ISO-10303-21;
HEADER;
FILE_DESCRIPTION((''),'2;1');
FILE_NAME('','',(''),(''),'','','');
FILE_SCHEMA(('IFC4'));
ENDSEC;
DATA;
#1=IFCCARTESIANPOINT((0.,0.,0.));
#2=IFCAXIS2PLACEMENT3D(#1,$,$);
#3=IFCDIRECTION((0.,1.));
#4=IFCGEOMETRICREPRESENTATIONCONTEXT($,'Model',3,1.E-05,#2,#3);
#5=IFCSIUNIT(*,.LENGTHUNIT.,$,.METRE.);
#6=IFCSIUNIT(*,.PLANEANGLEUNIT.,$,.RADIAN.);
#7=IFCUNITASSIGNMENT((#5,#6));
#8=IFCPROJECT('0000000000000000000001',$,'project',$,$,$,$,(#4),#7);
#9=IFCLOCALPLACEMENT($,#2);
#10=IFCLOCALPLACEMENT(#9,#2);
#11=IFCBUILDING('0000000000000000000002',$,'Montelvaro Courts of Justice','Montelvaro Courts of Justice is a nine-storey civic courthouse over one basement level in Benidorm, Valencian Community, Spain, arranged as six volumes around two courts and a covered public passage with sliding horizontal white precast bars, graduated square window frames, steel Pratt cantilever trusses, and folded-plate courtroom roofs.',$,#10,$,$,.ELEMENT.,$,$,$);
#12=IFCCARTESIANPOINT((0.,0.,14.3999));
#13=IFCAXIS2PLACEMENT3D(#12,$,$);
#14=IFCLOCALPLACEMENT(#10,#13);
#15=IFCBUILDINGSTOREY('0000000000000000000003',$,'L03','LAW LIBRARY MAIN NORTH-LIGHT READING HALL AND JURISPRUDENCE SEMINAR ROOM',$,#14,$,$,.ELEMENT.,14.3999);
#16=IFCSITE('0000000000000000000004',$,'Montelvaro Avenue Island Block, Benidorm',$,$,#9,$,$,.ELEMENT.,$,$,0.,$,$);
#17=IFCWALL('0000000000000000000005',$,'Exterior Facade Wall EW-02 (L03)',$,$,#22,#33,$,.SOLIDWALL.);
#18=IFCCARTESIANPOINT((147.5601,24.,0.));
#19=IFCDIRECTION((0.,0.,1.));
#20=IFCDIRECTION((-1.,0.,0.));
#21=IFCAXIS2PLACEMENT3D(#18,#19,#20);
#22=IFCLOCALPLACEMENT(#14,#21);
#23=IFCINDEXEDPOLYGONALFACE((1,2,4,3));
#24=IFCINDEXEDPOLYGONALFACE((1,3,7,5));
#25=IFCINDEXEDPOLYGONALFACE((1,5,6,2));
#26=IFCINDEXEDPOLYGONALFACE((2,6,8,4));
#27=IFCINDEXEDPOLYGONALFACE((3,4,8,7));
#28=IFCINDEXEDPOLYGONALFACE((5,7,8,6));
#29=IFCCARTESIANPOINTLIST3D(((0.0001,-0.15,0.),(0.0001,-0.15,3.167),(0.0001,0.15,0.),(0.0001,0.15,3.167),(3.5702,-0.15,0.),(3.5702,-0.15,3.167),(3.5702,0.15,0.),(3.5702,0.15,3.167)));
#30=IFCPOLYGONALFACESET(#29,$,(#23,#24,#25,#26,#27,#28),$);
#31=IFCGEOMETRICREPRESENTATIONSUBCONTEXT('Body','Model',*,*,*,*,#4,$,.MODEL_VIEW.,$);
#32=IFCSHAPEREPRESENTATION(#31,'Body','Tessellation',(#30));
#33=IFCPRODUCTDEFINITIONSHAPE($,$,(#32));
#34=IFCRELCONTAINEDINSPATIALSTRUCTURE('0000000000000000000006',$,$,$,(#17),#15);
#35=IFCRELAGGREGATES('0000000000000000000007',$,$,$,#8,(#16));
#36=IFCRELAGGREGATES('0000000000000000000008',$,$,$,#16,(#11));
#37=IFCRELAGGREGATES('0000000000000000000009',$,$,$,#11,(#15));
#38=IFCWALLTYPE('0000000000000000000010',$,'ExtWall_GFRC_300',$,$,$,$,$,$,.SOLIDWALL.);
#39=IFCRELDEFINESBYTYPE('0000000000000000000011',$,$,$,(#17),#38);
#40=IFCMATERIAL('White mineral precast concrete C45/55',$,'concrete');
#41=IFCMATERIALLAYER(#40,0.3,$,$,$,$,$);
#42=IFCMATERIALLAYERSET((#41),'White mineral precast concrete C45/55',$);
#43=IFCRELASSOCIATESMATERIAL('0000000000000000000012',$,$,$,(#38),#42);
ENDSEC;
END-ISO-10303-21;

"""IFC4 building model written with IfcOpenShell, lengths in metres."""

from ifc_helpers import new_model, si_unit, direction, frame, frame_2d, origin, place, context, subcontext, project, spatial, rectangle, extrude, material, layer, layer_set, type_object, element, save


model = new_model("IFC4")

# Units and contexts
model_context = context("Model", 3, precision=1e-05, world=origin(), true_north=direction((0.0, 1.0)))
body_context = subcontext(model_context, "Body", "Model", "MODEL_VIEW")
ifc_project = project(units=[si_unit("LENGTHUNIT", "METRE"), si_unit("PLANEANGLEUNIT", "RADIAN")], contexts=[model_context])

# Site, building, storey
site_placement = place(None, origin())
site = spatial("IfcSite", under=ifc_project, at=site_placement, Name="Montelvaro Avenue Island Block, Benidorm", CompositionType="ELEMENT", RefElevation=0.0)
building_placement = place(site_placement, origin())
building = spatial("IfcBuilding", under=site, at=building_placement, Name="Montelvaro Courts of Justice", Description="Montelvaro Courts of Justice is a nine-storey civic courthouse over one basement level in Benidorm, Valencian Community, Spain, arranged as six volumes around two courts and a covered public passage with sliding horizontal white precast bars, graduated square window frames, steel Pratt cantilever trusses, and folded-plate courtroom roofs.", CompositionType="ELEMENT")
storey_placement = place(building_placement, frame((0.0, 0.0, 14.3999)))
storey = spatial("IfcBuildingStorey", under=building, at=storey_placement, Name="L03", Description="LAW LIBRARY MAIN NORTH-LIGHT READING HALL AND JURISPRUDENCE SEMINAR ROOM", CompositionType="ELEMENT", Elevation=14.3999)

# Wall
ifc_material_1 = material(Name="White mineral precast concrete C45/55", Category="concrete")
ifc_layer_1 = layer(ifc_material_1, 0.3)
ifc_layer_set_1 = layer_set([ifc_layer_1], Name="White mineral precast concrete C45/55")
wall_type_1 = type_object("IfcWallType", Name="ExtWall_GFRC_300", PredefinedType="SOLIDWALL", material=ifc_layer_set_1)
wall_1_placement = place(storey_placement, frame((147.5601, 24.0, 0.0), z_axis=(0.0, 0.0, 1.0), x_axis=(-1.0, 0.0, 0.0)))
element("IfcWall", 1, at=wall_1_placement, inside=storey, type_object=wall_type_1, Name="Exterior Facade Wall EW-02 (L03)", PredefinedType="SOLIDWALL", context=body_context, shape_type="SweptSolid", body=[
    extrude(rectangle(XDim=3.5701, YDim=0.3, at=frame_2d((1.7852, 0.0))), origin(), (0.0, 0.0, 1.0), 3.167),
])

save(model, "model.ifc")
